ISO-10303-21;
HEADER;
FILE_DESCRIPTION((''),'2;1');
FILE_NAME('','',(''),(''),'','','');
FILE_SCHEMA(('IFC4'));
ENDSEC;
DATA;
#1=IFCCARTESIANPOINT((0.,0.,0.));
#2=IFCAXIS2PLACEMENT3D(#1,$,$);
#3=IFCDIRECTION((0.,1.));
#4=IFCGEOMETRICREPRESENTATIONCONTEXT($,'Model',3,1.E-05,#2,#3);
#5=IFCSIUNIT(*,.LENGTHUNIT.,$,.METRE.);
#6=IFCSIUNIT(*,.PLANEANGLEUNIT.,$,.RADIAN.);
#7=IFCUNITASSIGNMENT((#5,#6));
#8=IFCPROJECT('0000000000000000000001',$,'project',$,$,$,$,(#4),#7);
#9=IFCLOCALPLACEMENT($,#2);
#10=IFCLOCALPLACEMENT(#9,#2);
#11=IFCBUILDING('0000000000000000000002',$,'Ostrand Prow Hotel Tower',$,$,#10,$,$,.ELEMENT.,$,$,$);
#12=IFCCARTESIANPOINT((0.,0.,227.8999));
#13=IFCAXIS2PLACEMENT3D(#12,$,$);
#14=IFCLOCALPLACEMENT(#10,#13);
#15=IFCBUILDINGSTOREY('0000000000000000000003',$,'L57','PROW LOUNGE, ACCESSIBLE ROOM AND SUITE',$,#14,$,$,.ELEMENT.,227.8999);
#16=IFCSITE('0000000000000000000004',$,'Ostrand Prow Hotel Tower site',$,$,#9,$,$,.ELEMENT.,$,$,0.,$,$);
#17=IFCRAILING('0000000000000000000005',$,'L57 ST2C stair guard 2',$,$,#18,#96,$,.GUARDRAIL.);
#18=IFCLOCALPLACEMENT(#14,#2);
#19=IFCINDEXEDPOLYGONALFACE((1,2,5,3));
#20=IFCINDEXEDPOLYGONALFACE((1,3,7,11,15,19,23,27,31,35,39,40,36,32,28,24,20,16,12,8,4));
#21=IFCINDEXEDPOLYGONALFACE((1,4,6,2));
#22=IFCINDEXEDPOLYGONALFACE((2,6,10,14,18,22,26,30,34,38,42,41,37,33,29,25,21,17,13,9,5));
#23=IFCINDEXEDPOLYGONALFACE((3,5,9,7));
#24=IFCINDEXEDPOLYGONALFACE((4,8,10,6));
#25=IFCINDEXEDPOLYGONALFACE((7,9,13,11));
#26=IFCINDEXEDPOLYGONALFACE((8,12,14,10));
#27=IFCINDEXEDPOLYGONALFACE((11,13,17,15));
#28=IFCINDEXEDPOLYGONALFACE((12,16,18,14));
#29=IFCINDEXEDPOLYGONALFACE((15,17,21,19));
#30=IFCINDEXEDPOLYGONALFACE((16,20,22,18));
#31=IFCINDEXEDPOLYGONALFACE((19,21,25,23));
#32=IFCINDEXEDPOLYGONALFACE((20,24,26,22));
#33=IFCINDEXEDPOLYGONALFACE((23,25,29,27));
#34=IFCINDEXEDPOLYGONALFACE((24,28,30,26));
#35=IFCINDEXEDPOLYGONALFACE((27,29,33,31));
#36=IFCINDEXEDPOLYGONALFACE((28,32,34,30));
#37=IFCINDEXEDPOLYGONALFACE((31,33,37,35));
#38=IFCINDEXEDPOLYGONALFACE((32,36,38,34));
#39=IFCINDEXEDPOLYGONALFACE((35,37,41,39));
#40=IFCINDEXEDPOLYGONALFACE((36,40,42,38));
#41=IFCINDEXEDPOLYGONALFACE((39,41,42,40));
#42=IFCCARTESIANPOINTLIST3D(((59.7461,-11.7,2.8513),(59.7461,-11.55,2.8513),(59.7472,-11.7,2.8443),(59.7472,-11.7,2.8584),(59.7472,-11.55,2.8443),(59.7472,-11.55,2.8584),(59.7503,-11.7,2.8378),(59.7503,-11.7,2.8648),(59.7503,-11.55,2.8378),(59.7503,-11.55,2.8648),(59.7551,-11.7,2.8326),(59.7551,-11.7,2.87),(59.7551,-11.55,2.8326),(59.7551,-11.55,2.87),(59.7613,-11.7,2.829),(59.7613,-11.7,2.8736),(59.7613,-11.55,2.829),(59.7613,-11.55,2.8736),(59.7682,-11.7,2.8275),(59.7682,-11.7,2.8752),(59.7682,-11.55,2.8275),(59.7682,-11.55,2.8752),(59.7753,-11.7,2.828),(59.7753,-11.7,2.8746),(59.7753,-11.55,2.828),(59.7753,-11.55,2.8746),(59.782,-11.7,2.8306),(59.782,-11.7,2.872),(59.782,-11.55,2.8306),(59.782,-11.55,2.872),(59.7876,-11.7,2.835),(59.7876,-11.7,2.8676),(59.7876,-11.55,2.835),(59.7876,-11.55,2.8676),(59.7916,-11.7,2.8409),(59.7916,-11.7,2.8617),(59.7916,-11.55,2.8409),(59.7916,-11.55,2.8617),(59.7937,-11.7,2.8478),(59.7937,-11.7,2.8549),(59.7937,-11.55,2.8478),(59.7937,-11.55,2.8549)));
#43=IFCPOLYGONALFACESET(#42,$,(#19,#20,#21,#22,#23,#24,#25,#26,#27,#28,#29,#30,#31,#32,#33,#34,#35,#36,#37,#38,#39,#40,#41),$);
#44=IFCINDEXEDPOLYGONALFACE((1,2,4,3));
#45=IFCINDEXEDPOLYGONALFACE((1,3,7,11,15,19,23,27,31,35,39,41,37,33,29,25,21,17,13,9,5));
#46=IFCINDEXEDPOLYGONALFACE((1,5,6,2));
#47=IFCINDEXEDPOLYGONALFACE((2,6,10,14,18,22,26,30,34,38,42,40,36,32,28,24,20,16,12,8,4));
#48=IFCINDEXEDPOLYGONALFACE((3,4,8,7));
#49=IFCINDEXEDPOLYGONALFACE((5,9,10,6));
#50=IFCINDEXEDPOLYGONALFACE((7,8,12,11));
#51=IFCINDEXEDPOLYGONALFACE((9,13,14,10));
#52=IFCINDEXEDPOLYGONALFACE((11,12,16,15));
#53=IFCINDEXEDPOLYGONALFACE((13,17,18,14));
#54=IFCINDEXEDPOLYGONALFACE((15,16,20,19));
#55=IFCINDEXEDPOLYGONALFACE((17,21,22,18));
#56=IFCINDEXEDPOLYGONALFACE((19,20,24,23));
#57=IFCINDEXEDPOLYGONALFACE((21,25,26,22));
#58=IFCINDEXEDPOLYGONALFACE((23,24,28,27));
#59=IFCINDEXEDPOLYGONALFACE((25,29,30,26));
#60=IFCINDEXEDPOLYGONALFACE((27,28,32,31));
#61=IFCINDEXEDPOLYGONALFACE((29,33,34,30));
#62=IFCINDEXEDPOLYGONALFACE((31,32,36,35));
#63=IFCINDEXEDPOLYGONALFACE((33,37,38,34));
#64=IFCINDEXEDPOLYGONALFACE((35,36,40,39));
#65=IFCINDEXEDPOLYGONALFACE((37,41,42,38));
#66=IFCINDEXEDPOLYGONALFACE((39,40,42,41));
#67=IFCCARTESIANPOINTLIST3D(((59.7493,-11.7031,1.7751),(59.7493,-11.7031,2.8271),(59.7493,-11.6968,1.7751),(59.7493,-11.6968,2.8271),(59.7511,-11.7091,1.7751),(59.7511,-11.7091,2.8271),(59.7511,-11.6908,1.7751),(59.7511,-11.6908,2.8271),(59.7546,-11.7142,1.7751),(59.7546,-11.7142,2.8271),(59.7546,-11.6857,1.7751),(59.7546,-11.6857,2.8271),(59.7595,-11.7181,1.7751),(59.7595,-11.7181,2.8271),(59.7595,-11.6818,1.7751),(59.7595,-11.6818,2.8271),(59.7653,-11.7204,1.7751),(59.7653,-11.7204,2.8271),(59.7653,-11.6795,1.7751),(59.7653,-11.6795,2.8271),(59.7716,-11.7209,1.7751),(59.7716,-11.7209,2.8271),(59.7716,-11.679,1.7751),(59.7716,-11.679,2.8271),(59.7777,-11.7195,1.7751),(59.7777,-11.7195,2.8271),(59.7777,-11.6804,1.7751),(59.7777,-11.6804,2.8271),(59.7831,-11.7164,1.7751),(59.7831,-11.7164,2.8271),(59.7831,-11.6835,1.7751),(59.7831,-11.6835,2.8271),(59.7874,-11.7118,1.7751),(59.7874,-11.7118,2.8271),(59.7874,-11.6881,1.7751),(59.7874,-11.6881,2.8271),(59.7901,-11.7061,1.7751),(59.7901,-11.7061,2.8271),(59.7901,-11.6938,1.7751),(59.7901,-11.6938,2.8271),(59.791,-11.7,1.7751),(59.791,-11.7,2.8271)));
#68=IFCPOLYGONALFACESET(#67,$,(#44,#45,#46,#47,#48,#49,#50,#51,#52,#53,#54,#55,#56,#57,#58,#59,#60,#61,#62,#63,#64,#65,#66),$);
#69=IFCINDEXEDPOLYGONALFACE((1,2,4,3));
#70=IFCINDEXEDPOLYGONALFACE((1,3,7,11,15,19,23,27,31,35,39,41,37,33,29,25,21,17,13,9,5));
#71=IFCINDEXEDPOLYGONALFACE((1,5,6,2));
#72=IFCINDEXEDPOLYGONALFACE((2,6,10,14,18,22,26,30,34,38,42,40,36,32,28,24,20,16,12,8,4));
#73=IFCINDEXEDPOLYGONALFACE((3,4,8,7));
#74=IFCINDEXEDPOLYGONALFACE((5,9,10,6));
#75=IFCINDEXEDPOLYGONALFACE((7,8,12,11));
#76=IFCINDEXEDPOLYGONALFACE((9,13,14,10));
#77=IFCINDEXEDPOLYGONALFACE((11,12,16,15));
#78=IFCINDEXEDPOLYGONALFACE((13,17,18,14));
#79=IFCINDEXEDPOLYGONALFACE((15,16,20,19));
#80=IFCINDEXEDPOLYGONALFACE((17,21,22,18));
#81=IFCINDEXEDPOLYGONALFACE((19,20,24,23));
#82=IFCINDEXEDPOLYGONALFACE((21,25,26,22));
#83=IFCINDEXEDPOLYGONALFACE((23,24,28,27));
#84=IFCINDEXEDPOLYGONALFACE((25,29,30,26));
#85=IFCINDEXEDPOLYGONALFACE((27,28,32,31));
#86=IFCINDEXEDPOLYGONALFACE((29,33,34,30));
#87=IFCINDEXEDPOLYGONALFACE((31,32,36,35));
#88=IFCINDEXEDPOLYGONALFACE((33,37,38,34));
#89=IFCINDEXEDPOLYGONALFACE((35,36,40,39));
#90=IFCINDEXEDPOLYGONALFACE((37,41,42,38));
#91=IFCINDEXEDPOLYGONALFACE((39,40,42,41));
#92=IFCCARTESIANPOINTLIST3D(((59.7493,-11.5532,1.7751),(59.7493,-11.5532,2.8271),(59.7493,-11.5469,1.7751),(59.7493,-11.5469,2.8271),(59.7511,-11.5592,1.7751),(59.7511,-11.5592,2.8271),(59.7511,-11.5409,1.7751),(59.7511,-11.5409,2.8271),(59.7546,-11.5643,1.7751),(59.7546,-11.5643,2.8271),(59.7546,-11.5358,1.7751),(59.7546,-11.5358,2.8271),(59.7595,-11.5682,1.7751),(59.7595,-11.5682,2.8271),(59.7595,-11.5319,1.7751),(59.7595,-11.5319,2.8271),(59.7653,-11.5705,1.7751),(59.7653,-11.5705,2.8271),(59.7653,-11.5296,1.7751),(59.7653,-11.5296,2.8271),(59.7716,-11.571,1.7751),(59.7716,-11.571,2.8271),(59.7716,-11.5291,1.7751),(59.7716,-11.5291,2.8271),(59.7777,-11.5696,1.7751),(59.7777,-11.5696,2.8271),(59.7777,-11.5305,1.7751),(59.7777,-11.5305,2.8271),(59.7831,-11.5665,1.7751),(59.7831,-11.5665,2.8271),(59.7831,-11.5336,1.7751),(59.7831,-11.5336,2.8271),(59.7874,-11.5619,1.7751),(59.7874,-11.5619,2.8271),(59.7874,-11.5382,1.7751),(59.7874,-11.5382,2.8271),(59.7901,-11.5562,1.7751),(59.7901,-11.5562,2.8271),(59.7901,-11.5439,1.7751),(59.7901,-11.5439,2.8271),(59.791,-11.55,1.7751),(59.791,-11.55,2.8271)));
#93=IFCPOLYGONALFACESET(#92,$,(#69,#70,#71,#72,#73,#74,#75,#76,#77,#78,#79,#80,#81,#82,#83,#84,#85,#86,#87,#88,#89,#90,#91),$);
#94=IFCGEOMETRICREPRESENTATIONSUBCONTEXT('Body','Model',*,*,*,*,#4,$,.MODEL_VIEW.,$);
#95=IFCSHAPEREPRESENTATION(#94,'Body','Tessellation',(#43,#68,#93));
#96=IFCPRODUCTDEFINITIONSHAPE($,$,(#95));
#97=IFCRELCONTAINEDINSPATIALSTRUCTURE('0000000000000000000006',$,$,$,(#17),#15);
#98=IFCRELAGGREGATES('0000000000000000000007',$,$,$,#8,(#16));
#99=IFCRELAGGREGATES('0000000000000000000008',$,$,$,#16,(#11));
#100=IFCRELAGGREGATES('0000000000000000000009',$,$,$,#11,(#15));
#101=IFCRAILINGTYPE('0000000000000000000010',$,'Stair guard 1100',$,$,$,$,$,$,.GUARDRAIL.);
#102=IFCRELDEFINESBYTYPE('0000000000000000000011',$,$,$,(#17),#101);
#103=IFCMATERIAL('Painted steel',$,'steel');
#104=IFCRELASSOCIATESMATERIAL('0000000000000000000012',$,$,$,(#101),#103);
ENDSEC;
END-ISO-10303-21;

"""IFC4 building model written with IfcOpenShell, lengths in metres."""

from ifc_helpers import new_model, si_unit, direction, frame, origin, origin_2d, place, context, subcontext, project, spatial, circle, extrude, material, type_object, element, save


model = new_model("IFC4")

# Units and contexts
model_context = context("Model", 3, precision=1e-05, world=origin(), true_north=direction((0.0, 1.0)))
body_context = subcontext(model_context, "Body", "Model", "MODEL_VIEW")
ifc_project = project(units=[si_unit("LENGTHUNIT", "METRE"), si_unit("PLANEANGLEUNIT", "RADIAN")], contexts=[model_context])

# Site, building, storey
site_placement = place(None, origin())
site = spatial("IfcSite", under=ifc_project, at=site_placement, Name="Ostrand Prow Hotel Tower site", CompositionType="ELEMENT", RefElevation=0.0)
building_placement = place(site_placement, origin())
building = spatial("IfcBuilding", under=site, at=building_placement, Name="Ostrand Prow Hotel Tower", CompositionType="ELEMENT")
storey_placement = place(building_placement, frame((0.0, 0.0, 227.8999)))
storey = spatial("IfcBuildingStorey", under=building, at=storey_placement, Name="L57", Description="PROW LOUNGE, ACCESSIBLE ROOM AND SUITE", CompositionType="ELEMENT", Elevation=227.8999)

# Railing
ifc_material_1 = material(Name="Painted steel", Category="steel")
railing_type_1 = type_object("IfcRailingType", Name="Stair guard 1100", PredefinedType="GUARDRAIL", material=ifc_material_1)
railing_1_placement = place(storey_placement, frame((59.77, -11.7, 1.7751)))
element("IfcRailing", 1, at=railing_1_placement, inside=storey, type_object=railing_type_1, Name="L57 ST2C stair guard 2", PredefinedType="GUARDRAIL", context=body_context, shape_type="SweptSolid", body=[
    extrude(circle(Radius=0.0239, at=origin_2d()), frame((0.0, 0.0, 1.0762), z_axis=(0.0, 1.0, 0.0), x_axis=(-1.0, 0.0, 0.0)), (0.0, 0.0, 1.0), 0.1499),
    extrude(circle(Radius=0.021, at=origin_2d()), origin(), (0.0, 0.0, 1.0), 1.052),
    extrude(circle(Radius=0.021, at=origin_2d()), frame((0.0, 0.1499, 0.0)), (0.0, 0.0, 1.0), 1.052),
])

save(model, "model.ifc")
